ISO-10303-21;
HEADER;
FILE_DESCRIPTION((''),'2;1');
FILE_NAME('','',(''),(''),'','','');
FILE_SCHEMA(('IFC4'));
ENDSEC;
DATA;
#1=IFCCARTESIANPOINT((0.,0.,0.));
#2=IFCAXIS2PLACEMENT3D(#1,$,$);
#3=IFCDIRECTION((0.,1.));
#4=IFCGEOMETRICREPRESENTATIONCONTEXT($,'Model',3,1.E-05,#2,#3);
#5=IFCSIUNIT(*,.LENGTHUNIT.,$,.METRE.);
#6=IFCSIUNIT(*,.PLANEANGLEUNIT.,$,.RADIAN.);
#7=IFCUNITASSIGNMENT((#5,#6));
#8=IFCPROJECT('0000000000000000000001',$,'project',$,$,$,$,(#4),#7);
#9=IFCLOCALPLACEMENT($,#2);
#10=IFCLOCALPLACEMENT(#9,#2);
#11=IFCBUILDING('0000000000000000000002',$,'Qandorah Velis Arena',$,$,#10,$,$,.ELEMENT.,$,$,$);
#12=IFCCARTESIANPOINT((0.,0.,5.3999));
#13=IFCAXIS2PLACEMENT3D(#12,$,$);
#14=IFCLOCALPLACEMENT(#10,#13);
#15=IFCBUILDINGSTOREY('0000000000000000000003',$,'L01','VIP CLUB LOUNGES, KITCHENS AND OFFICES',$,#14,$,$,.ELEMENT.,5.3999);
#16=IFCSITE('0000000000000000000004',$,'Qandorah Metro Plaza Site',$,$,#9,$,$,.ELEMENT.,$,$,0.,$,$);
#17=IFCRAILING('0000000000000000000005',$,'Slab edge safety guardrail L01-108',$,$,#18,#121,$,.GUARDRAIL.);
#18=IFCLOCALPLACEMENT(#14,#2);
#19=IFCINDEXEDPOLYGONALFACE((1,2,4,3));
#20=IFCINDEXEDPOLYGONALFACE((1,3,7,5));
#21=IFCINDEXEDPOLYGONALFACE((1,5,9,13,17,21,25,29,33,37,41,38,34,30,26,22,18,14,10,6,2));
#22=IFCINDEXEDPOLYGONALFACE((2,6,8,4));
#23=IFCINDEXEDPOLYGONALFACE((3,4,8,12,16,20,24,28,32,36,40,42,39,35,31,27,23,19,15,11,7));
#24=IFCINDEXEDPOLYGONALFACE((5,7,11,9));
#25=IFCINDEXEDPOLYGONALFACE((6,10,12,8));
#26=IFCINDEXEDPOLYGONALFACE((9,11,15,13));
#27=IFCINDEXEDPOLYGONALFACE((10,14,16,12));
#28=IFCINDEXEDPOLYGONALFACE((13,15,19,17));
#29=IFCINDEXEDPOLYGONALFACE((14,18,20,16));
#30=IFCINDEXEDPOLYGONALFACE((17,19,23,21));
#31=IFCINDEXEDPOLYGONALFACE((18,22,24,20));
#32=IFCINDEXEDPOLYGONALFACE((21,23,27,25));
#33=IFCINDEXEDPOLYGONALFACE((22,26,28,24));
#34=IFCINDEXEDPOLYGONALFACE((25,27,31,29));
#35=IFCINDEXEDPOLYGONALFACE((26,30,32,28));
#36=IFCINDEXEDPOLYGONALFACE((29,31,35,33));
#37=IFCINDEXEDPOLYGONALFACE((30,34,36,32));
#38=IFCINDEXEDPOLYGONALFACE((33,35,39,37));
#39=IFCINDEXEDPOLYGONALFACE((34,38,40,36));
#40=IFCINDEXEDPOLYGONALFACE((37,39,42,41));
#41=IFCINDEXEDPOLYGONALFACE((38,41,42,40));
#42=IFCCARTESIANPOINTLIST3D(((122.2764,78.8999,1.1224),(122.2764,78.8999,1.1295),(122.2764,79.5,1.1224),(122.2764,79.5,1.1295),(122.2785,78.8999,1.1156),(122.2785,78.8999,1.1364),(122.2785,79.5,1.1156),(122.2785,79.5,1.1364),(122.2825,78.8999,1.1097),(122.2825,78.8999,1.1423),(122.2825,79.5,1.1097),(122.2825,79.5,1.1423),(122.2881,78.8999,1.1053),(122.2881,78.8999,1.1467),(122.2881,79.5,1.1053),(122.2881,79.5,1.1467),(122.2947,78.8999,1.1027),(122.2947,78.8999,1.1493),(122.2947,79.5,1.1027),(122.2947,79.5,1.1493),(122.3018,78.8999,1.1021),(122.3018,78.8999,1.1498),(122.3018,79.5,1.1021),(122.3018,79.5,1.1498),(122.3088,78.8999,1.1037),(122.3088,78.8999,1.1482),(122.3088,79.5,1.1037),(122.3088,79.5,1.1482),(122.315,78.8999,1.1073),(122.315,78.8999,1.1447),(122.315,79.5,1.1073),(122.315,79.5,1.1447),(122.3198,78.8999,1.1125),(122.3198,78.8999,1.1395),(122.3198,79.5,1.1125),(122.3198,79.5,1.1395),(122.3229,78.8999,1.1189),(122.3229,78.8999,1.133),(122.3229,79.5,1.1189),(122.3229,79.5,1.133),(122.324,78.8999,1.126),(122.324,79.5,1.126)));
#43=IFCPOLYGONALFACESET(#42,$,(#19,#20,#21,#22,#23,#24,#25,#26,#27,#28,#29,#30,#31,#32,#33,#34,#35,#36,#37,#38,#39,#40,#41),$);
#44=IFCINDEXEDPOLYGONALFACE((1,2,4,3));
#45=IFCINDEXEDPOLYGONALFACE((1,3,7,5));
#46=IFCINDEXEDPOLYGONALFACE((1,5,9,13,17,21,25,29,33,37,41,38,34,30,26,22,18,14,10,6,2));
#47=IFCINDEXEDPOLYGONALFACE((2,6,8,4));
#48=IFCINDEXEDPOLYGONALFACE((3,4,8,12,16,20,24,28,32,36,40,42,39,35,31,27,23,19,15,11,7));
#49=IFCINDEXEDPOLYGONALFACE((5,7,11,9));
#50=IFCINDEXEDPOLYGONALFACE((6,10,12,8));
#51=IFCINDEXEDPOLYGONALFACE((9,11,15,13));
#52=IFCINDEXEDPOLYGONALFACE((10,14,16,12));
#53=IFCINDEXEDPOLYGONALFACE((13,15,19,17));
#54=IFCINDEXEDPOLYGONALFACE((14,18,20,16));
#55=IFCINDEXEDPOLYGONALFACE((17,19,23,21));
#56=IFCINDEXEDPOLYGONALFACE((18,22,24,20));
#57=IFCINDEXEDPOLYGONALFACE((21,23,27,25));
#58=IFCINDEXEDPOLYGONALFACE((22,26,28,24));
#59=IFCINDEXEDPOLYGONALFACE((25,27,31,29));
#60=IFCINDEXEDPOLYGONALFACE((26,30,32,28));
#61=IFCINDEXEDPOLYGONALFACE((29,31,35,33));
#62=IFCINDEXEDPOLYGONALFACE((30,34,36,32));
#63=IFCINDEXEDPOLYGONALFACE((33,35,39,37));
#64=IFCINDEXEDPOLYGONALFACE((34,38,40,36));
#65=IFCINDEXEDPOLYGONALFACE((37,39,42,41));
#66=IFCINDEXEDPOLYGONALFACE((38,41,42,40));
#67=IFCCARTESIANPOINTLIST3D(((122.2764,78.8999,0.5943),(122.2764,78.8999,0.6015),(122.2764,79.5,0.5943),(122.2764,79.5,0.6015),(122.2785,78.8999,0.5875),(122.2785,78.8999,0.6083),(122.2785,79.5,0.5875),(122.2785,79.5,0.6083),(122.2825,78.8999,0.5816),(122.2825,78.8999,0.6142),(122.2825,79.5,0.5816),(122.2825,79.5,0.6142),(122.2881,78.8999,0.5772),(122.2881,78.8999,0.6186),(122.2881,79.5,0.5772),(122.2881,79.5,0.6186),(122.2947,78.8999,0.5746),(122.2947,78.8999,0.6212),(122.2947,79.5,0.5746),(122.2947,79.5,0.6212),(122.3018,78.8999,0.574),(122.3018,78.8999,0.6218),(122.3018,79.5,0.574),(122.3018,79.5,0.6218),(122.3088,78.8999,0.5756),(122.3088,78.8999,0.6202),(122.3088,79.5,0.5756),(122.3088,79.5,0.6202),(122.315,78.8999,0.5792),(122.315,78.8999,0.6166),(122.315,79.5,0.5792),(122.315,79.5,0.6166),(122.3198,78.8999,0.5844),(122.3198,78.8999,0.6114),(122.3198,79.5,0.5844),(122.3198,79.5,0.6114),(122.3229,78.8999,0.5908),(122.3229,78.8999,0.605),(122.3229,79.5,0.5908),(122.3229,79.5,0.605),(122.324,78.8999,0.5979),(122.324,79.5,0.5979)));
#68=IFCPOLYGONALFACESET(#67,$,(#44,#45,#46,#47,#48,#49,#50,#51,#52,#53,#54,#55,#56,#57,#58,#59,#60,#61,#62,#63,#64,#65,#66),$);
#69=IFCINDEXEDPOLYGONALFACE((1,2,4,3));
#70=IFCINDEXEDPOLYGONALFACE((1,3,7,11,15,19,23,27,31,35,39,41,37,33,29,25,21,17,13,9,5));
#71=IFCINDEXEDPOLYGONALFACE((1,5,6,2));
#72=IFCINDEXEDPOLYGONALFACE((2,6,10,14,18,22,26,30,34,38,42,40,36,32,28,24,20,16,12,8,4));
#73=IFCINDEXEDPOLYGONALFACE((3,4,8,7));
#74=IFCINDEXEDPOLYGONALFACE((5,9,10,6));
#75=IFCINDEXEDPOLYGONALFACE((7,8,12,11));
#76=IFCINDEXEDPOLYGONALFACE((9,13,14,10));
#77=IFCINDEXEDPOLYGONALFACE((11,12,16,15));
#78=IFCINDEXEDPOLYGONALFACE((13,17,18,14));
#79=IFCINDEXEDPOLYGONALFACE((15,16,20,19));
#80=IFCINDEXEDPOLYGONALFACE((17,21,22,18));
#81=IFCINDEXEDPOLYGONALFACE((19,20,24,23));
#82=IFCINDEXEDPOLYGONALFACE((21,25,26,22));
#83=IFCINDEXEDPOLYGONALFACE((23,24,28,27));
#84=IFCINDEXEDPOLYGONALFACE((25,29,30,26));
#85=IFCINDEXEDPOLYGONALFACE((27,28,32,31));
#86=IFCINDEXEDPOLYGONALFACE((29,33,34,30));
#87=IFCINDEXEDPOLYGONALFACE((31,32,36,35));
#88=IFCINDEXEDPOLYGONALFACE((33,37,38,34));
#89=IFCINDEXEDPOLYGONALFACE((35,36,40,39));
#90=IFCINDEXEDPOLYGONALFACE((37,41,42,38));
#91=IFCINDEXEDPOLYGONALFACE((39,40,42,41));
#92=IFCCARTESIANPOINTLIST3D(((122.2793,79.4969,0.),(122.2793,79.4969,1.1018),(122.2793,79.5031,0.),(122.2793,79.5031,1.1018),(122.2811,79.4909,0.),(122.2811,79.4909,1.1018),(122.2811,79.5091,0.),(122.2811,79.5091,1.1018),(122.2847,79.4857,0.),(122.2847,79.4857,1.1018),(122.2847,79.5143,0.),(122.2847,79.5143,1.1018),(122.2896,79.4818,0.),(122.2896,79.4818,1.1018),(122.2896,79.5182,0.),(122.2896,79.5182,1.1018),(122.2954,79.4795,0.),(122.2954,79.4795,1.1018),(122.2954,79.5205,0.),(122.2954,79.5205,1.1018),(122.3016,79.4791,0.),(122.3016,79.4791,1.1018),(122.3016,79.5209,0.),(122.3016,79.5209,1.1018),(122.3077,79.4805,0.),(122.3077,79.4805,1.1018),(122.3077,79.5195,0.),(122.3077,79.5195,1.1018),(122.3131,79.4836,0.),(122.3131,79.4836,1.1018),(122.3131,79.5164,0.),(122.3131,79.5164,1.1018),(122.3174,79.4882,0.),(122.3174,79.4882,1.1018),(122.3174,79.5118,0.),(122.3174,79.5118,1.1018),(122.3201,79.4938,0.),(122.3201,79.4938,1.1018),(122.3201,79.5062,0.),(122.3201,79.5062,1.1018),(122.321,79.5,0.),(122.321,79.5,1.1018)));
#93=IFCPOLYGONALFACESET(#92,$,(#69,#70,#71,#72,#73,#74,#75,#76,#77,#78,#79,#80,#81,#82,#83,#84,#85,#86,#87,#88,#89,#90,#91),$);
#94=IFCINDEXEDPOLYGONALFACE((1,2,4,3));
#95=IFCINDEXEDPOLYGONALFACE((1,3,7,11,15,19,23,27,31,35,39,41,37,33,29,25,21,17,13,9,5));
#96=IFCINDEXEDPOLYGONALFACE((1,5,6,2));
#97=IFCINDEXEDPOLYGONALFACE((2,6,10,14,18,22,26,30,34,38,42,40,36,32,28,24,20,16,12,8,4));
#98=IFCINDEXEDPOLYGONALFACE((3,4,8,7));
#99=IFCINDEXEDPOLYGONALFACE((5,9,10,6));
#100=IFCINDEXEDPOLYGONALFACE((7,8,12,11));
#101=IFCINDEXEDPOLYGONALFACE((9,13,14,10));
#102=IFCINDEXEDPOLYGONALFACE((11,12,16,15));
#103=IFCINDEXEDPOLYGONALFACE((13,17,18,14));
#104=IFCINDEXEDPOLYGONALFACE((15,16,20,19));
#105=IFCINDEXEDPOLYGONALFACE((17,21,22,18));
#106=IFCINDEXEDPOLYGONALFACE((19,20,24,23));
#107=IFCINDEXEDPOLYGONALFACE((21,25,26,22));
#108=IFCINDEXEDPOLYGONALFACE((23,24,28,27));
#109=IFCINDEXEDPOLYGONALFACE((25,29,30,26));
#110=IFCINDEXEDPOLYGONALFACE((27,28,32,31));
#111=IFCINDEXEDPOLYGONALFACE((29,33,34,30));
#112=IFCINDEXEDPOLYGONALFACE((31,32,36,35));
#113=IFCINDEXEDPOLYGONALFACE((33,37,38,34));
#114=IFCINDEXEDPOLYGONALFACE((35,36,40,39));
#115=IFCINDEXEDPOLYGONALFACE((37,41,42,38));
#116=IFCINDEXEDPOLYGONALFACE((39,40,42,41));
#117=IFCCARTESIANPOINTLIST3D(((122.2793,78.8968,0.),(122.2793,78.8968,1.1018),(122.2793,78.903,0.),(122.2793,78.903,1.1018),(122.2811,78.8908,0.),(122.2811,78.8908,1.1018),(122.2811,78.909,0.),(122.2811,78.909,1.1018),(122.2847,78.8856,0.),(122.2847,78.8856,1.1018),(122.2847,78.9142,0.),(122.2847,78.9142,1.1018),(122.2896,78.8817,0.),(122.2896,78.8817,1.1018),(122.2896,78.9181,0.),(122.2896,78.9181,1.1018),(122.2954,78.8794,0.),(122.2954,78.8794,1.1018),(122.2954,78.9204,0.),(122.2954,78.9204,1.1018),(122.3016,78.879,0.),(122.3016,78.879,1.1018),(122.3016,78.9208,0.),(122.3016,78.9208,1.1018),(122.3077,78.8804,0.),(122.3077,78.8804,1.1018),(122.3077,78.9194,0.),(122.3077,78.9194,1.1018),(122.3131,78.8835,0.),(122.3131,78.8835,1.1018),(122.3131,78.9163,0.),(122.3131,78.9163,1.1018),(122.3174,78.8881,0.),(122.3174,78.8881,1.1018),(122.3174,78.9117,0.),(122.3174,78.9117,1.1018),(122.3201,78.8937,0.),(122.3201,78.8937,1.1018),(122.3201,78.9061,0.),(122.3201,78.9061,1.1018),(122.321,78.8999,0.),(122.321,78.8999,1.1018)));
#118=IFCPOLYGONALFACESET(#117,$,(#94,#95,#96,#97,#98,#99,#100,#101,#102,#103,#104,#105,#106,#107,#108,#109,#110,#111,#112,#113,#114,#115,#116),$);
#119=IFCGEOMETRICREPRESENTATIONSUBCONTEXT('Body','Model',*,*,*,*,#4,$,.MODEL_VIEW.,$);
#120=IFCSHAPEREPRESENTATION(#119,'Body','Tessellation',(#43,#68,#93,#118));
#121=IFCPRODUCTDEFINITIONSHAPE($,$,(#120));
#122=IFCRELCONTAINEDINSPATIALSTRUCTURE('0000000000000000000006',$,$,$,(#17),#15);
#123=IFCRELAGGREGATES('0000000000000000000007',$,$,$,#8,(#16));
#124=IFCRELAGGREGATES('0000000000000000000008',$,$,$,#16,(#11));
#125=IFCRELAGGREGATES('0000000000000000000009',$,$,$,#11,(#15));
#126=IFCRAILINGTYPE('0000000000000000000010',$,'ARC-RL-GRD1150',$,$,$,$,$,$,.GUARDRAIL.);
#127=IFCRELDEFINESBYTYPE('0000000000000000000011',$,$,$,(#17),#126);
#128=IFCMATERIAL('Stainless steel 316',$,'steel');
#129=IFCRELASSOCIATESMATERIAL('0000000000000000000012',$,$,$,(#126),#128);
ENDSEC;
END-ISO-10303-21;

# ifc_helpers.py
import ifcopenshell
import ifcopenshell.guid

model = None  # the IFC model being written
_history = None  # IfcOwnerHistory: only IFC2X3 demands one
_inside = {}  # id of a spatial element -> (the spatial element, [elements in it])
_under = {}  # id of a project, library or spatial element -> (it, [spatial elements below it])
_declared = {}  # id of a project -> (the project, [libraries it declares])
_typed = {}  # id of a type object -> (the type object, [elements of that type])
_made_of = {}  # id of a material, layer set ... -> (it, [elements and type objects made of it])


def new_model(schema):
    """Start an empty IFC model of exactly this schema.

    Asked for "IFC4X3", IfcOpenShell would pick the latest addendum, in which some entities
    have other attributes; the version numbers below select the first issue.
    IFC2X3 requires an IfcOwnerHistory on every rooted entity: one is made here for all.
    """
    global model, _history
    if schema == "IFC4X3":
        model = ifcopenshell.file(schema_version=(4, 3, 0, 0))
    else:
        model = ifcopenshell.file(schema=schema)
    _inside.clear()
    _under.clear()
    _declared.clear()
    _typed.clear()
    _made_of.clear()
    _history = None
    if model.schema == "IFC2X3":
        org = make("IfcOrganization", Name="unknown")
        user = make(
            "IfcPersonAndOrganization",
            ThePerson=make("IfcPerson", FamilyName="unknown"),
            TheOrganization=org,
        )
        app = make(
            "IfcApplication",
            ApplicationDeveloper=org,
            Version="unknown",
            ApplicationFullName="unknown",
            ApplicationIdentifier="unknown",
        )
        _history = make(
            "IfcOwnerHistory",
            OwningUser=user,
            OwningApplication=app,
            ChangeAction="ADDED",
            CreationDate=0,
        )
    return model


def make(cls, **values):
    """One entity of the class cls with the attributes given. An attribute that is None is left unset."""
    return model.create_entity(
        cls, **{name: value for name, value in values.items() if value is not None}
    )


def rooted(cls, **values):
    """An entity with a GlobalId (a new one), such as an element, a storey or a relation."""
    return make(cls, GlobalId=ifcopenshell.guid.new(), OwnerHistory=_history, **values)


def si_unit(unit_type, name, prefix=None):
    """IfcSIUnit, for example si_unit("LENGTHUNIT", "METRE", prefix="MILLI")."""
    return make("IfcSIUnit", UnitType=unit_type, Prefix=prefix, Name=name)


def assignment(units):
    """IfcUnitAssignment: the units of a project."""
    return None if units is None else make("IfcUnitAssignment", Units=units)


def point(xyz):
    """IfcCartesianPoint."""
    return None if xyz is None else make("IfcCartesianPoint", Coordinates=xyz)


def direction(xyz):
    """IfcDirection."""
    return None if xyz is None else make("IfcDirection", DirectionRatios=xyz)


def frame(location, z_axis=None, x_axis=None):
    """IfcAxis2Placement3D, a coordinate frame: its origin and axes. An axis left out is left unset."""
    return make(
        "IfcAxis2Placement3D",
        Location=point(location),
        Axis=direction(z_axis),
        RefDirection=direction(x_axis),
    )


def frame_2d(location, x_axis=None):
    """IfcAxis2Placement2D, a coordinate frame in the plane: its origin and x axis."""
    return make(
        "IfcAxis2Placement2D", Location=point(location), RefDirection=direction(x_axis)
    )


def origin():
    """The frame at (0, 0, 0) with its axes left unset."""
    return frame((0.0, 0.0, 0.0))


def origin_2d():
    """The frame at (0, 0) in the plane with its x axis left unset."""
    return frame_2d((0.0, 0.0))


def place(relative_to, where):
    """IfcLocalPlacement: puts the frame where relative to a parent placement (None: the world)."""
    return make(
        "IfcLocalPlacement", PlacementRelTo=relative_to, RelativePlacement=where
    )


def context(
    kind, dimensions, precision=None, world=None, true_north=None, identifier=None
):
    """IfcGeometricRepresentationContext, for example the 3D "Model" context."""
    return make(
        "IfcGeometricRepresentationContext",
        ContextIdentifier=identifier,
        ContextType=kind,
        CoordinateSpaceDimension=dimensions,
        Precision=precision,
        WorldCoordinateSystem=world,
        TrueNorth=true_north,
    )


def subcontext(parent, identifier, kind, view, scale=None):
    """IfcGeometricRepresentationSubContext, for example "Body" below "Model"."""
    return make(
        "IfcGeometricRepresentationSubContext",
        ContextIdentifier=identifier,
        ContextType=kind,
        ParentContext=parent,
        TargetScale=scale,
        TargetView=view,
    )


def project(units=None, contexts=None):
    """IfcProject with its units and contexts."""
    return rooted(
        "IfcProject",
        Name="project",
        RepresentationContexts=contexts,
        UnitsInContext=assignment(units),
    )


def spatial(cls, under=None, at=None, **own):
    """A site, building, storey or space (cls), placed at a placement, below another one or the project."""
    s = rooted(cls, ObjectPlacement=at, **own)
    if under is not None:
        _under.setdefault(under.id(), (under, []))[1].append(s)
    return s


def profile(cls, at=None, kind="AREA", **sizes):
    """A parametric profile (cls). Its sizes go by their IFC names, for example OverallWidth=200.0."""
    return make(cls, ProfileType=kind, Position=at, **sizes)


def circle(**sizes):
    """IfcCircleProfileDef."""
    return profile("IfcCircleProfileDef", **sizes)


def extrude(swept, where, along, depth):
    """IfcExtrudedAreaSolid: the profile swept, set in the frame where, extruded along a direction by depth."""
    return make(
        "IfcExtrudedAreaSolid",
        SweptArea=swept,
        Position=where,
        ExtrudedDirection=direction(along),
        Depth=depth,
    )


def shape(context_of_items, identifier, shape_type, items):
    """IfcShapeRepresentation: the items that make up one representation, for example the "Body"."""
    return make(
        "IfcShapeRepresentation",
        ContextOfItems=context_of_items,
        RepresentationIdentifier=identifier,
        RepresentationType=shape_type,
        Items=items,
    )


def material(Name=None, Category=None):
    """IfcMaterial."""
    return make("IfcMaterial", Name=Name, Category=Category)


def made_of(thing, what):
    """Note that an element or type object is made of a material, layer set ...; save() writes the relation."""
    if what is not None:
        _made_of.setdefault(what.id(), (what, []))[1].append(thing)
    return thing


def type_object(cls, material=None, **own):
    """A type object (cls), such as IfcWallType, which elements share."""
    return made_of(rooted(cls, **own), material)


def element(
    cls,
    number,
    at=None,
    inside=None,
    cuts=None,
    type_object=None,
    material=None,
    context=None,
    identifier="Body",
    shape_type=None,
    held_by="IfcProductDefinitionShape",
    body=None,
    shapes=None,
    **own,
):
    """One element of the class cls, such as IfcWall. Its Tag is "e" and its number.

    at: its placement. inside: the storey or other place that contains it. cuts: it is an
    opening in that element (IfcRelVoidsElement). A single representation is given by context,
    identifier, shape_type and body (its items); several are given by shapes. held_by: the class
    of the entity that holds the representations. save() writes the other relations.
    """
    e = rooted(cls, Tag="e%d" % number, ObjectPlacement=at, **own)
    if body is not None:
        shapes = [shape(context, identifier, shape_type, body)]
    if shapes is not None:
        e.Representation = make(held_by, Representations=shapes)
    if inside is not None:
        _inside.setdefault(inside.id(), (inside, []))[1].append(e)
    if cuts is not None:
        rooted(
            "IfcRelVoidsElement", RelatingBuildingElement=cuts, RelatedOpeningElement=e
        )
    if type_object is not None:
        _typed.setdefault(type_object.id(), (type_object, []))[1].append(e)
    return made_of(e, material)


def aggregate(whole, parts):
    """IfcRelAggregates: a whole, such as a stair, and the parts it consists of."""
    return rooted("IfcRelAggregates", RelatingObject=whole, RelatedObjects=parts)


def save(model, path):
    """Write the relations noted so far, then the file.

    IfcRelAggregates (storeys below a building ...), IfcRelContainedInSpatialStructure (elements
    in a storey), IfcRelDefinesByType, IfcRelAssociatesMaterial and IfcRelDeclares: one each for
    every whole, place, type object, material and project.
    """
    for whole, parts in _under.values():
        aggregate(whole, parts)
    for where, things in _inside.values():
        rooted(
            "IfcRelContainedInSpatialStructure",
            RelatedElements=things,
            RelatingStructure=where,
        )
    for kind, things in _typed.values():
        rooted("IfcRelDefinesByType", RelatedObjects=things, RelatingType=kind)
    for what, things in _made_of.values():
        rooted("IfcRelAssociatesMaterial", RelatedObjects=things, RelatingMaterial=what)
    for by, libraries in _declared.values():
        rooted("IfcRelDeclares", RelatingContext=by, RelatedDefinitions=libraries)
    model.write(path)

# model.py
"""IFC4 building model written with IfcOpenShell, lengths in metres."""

from ifc_helpers import new_model, si_unit, direction, frame, origin, origin_2d, place, context, subcontext, project, spatial, circle, extrude, material, type_object, element, save


model = new_model("IFC4")

# Units and contexts
model_context = context("Model", 3, precision=1e-05, world=origin(), true_north=direction((0.0, 1.0)))
body_context = subcontext(model_context, "Body", "Model", "MODEL_VIEW")
ifc_project = project(units=[si_unit("LENGTHUNIT", "METRE"), si_unit("PLANEANGLEUNIT", "RADIAN")], contexts=[model_context])

# Site, building, storey
site_placement = place(None, origin())
site = spatial("IfcSite", under=ifc_project, at=site_placement, Name="Qandorah Metro Plaza Site", CompositionType="ELEMENT", RefElevation=0.0)
building_placement = place(site_placement, origin())
building = spatial("IfcBuilding", under=site, at=building_placement, Name="Qandorah Velis Arena", CompositionType="ELEMENT")
storey_placement = place(building_placement, frame((0.0, 0.0, 5.3999)))
storey = spatial("IfcBuildingStorey", under=building, at=storey_placement, Name="L01", Description="VIP CLUB LOUNGES, KITCHENS AND OFFICES", CompositionType="ELEMENT", Elevation=5.3999)

# Railing
ifc_material_1 = material(Name="Stainless steel 316", Category="steel")
railing_type = type_object("IfcRailingType", Name="ARC-RL-GRD1150", PredefinedType="GUARDRAIL", material=ifc_material_1)
railing_placement = place(storey_placement, frame((122.3, 79.5, 0.0)))
element("IfcRailing", 1, at=railing_placement, inside=storey, type_object=railing_type, Name="Slab edge safety guardrail L01-108", PredefinedType="GUARDRAIL", context=body_context, shape_type="SweptSolid", body=[
    extrude(circle(Radius=0.0239, at=origin_2d()), frame((0.0, 0.0, 1.126), z_axis=(0.0, -1.0, 0.0), x_axis=(1.0, 0.0, 0.0)), (0.0, 0.0, 1.0), 0.6001),
    extrude(circle(Radius=0.0239, at=origin_2d()), frame((0.0, 0.0, 0.5979), z_axis=(0.0, -1.0, 0.0), x_axis=(1.0, 0.0, 0.0)), (0.0, 0.0, 1.0), 0.6001),
    extrude(circle(Radius=0.021, at=origin_2d()), origin(), (0.0, 0.0, 1.0), 1.1018),
    extrude(circle(Radius=0.021, at=origin_2d()), frame((0.0, -0.6001, 0.0)), (0.0, 0.0, 1.0), 1.1018),
])

save(model, "model.ifc")
